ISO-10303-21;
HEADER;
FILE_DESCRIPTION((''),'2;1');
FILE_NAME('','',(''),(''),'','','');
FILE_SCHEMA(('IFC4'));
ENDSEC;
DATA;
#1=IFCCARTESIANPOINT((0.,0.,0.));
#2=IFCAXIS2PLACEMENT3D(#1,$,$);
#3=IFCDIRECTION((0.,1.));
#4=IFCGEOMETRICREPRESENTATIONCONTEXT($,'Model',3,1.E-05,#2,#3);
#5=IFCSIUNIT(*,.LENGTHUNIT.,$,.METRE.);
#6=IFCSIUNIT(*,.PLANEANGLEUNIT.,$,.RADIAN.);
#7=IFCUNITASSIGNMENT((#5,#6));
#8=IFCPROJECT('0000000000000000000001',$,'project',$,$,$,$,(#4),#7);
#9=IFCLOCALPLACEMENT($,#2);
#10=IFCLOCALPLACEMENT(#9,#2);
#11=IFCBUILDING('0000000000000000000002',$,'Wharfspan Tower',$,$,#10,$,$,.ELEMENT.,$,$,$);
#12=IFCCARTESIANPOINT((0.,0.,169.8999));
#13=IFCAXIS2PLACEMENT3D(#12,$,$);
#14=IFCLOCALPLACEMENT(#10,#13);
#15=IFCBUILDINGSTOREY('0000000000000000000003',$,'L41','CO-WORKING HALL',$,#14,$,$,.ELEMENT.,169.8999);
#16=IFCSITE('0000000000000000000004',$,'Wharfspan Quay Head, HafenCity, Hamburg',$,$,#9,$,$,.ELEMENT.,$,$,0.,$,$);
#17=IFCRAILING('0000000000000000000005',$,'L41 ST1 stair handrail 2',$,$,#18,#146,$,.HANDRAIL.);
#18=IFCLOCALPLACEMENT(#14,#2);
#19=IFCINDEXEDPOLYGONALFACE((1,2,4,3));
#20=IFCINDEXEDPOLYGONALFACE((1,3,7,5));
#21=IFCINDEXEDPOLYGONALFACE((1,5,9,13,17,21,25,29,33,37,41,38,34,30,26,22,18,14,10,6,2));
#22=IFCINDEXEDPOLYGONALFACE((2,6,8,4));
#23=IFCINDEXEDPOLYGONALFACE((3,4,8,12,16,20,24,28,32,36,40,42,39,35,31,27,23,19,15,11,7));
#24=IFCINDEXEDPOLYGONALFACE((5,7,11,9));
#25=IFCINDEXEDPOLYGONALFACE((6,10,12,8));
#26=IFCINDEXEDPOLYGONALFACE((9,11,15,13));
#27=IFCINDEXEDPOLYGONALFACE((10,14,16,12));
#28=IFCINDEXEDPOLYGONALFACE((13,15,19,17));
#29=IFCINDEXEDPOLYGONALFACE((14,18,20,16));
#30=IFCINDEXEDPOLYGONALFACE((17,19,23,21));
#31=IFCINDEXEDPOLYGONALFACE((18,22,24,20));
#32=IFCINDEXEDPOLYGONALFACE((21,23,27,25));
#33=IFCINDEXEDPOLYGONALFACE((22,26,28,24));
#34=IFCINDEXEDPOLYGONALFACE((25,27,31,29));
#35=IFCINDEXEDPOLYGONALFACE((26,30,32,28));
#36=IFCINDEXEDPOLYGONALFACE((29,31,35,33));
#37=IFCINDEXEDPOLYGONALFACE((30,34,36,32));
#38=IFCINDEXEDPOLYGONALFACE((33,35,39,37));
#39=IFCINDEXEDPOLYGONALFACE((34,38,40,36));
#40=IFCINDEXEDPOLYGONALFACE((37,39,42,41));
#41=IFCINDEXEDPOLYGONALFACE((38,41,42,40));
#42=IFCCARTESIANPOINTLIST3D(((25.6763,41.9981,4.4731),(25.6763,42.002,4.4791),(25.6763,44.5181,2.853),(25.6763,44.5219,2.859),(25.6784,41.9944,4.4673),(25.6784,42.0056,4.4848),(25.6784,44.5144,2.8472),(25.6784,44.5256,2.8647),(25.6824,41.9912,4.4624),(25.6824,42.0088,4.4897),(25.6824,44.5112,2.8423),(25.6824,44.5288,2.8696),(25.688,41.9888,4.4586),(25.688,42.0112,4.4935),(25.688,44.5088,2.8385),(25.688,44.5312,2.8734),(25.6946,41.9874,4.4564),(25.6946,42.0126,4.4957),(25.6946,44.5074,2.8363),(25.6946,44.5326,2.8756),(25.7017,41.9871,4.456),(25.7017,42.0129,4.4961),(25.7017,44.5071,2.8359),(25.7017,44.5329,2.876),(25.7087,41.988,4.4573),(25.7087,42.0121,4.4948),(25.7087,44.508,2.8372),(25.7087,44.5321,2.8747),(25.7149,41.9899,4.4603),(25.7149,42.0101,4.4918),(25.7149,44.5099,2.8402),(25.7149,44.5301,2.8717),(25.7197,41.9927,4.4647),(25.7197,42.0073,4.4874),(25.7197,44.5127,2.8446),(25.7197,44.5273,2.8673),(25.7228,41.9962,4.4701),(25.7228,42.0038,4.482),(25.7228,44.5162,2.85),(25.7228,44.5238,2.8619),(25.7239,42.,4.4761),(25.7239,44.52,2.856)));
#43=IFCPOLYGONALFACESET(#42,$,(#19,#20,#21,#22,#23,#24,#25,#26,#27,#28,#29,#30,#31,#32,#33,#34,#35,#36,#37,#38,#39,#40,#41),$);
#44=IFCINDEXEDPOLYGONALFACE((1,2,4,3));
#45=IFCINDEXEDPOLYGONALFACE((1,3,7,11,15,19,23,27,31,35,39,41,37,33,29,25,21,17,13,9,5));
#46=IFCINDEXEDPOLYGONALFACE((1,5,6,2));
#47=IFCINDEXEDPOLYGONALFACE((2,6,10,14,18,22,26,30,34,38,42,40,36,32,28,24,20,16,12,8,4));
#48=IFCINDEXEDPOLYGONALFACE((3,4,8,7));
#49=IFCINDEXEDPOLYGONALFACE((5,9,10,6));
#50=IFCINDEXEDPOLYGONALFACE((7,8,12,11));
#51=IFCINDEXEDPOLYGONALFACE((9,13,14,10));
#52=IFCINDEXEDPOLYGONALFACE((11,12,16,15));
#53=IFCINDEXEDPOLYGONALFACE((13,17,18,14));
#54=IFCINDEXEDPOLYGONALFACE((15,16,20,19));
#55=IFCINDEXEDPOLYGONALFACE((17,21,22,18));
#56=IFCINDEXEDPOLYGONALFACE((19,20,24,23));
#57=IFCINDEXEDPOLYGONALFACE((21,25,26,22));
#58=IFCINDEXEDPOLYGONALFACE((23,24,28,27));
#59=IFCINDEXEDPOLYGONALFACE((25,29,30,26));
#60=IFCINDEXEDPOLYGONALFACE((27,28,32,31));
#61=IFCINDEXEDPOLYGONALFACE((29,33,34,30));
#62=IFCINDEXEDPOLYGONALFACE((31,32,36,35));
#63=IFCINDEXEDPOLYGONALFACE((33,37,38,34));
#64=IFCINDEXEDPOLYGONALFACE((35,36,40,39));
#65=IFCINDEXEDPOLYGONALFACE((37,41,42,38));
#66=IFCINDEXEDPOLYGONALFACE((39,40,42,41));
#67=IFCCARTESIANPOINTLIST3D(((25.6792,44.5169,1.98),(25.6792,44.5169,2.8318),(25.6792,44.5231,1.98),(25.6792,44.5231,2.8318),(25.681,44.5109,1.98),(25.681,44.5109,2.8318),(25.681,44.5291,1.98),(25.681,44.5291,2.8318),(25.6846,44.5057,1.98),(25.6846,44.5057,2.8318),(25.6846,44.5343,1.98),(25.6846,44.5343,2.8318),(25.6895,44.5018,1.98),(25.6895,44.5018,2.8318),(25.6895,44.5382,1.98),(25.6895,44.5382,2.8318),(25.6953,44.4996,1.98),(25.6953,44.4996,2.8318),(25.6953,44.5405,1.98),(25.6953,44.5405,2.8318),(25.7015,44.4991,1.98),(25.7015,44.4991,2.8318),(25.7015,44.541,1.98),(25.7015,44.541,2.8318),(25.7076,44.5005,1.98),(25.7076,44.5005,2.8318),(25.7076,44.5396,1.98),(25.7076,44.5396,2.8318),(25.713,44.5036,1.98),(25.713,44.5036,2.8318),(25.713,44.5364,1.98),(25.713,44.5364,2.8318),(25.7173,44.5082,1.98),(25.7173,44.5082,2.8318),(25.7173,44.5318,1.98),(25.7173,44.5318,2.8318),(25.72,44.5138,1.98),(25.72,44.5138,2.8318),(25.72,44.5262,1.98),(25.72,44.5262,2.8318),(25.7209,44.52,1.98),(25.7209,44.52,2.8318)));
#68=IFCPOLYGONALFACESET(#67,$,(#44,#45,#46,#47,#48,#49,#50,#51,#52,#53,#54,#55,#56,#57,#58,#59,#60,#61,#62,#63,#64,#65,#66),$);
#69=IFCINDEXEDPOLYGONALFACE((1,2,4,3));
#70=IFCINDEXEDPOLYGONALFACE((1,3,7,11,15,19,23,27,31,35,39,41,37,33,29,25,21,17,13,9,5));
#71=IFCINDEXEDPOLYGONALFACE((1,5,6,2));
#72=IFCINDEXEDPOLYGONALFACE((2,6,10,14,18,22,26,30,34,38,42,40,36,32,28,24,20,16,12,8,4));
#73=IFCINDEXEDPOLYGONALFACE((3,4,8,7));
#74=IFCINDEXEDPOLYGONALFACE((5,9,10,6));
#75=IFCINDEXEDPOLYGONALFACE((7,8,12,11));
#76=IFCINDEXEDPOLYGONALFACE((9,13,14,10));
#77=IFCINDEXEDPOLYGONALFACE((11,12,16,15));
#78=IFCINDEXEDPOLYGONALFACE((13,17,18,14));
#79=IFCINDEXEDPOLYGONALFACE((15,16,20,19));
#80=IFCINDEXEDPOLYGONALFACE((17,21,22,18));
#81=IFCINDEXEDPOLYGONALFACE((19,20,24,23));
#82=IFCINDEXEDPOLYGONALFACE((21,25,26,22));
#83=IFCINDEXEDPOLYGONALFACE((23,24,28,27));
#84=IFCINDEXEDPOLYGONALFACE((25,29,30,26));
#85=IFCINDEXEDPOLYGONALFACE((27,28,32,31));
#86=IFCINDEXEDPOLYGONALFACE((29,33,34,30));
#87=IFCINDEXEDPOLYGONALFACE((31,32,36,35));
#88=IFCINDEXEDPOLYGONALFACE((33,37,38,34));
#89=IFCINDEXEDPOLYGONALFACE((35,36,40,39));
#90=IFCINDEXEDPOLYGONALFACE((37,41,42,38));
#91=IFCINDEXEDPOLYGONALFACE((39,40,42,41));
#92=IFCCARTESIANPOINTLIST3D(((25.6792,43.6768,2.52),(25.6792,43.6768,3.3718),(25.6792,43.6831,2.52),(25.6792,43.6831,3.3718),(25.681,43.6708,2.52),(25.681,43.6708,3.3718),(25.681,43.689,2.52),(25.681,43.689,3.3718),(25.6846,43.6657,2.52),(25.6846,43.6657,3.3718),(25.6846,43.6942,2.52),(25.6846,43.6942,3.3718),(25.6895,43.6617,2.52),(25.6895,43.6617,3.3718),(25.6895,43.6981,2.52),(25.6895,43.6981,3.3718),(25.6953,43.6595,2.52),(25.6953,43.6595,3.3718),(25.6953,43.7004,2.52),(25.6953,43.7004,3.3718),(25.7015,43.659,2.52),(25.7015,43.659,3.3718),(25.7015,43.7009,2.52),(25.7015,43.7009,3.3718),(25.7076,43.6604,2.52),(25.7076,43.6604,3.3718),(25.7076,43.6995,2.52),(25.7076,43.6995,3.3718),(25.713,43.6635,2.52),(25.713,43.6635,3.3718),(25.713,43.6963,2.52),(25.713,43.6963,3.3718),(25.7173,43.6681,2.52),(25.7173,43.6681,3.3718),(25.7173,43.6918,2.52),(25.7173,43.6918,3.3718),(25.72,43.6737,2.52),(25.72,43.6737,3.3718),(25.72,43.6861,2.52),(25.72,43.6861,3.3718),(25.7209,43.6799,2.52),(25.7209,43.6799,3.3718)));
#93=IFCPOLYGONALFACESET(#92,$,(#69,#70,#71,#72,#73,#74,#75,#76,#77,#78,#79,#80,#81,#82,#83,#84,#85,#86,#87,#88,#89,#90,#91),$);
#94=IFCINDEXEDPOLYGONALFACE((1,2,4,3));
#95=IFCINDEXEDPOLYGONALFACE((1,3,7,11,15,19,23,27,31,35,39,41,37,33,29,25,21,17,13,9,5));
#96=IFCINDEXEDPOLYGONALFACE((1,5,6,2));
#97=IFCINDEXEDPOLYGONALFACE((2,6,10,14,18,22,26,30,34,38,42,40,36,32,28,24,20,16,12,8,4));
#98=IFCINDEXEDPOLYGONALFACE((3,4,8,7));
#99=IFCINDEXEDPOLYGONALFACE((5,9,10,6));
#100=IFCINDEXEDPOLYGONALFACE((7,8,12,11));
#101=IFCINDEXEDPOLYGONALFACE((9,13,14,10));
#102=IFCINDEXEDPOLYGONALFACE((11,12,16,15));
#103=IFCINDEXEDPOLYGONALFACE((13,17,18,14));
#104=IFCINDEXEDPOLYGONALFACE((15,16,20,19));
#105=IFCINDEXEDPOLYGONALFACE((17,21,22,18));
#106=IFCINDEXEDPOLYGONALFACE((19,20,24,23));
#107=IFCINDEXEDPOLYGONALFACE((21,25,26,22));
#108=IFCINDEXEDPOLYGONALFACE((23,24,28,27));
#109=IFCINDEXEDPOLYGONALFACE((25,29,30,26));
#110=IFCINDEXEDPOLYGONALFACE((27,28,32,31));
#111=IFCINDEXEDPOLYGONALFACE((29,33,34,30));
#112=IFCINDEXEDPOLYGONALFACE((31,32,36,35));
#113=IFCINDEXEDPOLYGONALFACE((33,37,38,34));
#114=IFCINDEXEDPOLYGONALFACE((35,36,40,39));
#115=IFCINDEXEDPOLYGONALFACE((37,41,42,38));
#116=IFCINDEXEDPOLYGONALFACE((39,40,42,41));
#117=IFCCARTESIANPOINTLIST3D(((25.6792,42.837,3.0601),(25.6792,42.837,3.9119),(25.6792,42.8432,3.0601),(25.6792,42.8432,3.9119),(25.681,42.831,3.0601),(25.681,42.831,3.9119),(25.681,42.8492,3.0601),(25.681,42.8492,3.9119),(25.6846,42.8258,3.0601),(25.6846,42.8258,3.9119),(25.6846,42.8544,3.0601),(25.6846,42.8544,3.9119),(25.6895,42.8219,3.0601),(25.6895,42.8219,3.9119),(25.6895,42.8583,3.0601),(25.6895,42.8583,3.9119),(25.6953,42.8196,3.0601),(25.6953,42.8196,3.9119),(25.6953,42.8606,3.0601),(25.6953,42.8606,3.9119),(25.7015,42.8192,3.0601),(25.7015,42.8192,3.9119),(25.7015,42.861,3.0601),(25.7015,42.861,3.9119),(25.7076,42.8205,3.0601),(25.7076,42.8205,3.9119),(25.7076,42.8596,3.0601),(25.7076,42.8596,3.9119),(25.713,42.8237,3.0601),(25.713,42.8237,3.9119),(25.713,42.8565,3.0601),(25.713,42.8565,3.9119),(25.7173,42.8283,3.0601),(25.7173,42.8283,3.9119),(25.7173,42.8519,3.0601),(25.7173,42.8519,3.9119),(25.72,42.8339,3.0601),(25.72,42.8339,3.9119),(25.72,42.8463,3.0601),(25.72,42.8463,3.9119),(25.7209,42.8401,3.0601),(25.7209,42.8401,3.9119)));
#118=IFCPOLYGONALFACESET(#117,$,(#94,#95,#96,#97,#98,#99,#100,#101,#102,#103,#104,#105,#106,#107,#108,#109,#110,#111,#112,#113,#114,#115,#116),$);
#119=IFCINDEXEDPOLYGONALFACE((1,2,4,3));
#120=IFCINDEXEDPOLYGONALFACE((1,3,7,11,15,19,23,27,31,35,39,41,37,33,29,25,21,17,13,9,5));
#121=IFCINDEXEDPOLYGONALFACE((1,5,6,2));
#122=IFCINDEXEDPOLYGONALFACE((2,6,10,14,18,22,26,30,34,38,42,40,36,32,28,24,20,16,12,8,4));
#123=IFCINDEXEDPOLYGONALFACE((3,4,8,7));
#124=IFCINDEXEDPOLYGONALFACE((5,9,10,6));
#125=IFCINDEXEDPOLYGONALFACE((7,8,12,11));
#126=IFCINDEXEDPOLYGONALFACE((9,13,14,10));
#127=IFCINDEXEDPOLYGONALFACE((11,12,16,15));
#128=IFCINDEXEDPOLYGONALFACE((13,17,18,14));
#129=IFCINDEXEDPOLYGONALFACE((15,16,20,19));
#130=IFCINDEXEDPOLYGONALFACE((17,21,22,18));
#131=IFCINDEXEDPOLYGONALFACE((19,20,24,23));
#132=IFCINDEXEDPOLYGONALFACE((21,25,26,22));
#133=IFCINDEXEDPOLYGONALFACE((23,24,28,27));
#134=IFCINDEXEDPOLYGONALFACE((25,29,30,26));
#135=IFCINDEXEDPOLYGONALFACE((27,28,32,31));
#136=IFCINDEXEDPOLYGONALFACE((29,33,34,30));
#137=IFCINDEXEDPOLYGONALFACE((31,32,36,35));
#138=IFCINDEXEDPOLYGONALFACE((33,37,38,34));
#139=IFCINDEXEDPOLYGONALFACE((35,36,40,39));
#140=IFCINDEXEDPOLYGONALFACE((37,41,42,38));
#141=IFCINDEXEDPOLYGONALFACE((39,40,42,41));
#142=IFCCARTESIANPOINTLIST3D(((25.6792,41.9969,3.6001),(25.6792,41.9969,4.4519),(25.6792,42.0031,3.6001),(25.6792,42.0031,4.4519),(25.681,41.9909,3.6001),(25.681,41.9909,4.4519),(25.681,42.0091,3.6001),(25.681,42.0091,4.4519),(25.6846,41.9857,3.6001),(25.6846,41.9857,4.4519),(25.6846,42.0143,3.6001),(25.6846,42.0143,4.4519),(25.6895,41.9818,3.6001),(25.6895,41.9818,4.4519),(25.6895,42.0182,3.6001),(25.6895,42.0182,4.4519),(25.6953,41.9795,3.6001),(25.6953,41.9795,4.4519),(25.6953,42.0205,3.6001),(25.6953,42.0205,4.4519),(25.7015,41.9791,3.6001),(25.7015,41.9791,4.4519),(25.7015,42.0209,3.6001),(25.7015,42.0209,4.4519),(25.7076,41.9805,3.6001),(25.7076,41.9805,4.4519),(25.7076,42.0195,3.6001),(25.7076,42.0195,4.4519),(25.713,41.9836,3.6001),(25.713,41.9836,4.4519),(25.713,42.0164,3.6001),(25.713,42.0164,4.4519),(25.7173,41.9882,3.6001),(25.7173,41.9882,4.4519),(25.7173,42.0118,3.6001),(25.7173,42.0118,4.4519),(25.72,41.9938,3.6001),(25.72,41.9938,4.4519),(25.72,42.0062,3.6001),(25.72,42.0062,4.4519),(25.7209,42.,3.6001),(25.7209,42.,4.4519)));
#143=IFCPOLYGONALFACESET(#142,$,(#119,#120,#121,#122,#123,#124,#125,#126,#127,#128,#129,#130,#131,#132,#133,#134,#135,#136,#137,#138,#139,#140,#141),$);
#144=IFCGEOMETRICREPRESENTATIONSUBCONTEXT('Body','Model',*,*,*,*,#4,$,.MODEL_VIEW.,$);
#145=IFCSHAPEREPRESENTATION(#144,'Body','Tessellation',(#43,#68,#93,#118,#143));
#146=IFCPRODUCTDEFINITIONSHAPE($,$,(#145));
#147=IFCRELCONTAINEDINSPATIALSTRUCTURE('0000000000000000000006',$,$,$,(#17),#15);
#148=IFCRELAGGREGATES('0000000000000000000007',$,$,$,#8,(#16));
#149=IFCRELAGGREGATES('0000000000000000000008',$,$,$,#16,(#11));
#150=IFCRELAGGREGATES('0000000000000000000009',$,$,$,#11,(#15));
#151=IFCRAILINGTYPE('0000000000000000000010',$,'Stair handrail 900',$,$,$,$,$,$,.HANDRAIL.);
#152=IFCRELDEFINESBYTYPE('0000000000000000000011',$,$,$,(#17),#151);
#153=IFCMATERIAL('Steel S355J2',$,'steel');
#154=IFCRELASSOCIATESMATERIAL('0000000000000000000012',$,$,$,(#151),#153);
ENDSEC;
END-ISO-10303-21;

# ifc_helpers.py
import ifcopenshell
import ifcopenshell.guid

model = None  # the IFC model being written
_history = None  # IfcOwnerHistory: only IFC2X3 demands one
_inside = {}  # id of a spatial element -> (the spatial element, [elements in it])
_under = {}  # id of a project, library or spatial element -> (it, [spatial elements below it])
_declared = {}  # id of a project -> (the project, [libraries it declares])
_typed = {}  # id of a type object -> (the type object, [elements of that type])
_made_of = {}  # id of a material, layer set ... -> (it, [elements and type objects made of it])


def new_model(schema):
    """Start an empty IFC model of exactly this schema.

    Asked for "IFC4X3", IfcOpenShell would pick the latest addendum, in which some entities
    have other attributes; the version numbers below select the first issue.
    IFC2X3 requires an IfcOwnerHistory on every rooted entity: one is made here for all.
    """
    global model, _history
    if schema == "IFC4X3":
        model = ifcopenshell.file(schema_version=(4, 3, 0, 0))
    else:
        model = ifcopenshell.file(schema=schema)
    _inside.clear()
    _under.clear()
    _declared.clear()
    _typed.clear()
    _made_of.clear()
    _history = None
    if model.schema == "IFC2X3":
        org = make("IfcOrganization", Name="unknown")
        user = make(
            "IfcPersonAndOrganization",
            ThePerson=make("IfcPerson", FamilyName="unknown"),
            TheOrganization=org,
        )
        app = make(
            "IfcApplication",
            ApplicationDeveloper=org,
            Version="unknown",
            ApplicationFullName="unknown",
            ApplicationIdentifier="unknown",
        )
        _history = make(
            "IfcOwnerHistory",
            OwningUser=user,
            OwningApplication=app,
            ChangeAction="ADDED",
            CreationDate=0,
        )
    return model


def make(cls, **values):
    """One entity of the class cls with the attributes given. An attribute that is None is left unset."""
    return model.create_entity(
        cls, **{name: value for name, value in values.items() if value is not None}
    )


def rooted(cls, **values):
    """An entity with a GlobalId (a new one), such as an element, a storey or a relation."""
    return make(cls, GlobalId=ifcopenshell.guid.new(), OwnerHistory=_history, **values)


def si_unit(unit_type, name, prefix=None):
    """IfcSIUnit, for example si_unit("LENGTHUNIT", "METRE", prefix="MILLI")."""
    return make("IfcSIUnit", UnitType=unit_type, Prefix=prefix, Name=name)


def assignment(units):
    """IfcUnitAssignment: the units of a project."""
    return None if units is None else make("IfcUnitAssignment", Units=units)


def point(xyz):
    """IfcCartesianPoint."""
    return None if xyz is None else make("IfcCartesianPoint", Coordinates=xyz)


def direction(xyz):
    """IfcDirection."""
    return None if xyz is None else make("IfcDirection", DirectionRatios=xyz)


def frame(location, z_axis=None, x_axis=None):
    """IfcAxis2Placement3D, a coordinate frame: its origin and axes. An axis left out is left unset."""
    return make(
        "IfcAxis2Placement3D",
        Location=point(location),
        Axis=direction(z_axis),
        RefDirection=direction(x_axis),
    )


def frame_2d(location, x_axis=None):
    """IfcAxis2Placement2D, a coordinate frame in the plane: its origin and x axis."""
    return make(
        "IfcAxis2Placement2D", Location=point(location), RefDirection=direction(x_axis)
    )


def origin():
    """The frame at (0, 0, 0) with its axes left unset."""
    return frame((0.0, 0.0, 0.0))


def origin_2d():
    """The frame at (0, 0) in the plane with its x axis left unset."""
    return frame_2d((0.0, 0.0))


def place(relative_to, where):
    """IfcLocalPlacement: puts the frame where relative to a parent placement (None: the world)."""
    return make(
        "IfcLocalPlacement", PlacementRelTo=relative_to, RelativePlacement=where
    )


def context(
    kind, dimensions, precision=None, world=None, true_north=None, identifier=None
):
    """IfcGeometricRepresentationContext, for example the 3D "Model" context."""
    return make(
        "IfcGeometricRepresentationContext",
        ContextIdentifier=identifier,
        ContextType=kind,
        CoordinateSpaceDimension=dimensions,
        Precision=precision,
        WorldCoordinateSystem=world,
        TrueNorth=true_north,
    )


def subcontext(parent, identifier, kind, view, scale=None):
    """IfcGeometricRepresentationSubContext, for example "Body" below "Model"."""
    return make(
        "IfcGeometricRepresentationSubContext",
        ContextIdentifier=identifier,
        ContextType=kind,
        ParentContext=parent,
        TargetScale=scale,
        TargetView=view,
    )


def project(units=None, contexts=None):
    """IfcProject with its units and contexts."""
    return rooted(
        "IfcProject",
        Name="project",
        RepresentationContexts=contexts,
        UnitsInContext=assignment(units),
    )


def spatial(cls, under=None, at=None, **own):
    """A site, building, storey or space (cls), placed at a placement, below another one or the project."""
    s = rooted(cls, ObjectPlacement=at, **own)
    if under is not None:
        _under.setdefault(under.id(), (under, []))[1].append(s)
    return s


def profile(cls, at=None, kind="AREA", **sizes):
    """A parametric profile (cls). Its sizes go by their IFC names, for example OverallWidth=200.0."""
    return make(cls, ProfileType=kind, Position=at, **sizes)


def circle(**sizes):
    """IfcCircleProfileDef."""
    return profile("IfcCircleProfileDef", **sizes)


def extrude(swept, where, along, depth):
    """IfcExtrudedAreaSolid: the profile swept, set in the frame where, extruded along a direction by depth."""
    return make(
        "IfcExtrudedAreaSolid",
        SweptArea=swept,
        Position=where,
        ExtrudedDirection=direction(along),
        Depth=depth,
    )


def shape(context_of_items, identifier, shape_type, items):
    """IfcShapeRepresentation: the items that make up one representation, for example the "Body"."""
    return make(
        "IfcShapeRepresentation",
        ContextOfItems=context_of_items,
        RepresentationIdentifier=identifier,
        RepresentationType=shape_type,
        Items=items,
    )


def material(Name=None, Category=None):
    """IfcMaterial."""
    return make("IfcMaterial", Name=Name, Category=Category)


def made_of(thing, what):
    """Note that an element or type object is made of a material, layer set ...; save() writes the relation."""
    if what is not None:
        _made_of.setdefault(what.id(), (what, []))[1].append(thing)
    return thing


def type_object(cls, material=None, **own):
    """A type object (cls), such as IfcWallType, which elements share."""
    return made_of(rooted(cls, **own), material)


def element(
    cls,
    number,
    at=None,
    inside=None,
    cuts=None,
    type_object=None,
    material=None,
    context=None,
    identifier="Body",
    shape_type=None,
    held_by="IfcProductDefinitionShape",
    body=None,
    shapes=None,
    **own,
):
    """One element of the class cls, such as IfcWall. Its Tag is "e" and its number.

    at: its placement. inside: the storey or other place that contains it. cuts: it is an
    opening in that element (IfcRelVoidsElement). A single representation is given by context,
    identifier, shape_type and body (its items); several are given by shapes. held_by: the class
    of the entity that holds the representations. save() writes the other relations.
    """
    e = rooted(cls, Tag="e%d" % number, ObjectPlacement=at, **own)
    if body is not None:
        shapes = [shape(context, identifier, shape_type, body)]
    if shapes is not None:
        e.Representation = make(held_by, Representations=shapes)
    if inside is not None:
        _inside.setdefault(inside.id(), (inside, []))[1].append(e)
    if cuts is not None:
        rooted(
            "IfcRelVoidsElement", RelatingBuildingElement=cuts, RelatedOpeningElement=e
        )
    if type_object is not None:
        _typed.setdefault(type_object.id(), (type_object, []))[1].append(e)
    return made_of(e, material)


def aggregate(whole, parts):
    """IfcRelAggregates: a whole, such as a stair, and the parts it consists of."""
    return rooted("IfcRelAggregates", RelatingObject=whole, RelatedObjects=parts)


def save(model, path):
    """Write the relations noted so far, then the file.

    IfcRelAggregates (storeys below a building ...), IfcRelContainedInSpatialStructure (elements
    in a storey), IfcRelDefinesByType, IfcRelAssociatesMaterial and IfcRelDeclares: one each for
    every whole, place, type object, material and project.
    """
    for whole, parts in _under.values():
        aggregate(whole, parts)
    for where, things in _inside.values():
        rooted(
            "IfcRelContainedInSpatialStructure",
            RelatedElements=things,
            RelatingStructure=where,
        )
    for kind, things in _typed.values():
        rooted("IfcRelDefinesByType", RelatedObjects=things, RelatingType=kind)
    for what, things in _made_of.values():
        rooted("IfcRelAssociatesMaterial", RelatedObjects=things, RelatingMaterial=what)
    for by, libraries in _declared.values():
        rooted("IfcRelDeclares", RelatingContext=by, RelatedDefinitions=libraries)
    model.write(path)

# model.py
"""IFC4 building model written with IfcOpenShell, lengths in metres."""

from ifc_helpers import new_model, si_unit, direction, frame, origin, origin_2d, place, context, subcontext, project, spatial, circle, extrude, material, type_object, element, save


model = new_model("IFC4")

# Units and contexts
model_context = context("Model", 3, precision=1e-05, world=origin(), true_north=direction((0.0, 1.0)))
body_context = subcontext(model_context, "Body", "Model", "MODEL_VIEW")
ifc_project = project(units=[si_unit("LENGTHUNIT", "METRE"), si_unit("PLANEANGLEUNIT", "RADIAN")], contexts=[model_context])

# Site, building, storey
site_placement = place(None, origin())
site = spatial("IfcSite", under=ifc_project, at=site_placement, Name="Wharfspan Quay Head, HafenCity, Hamburg", CompositionType="ELEMENT", RefElevation=0.0)
building_placement = place(site_placement, origin())
building = spatial("IfcBuilding", under=site, at=building_placement, Name="Wharfspan Tower", CompositionType="ELEMENT")
storey_placement = place(building_placement, frame((0.0, 0.0, 169.8999)))
storey = spatial("IfcBuildingStorey", under=building, at=storey_placement, Name="L41", Description="CO-WORKING HALL", CompositionType="ELEMENT", Elevation=169.8999)

# Shared definitions
ifc_material_1 = material(Name="Steel S355J2", Category="steel")

# Railing
railing_type = type_object("IfcRailingType", Name="Stair handrail 900", PredefinedType="HANDRAIL", material=ifc_material_1)
railing_placement = place(storey_placement, frame((25.7, 44.52, 1.98)))
element("IfcRailing", 1, at=railing_placement, inside=storey, type_object=railing_type, Name="L41 ST1 stair handrail 2", PredefinedType="HANDRAIL", context=body_context, shape_type="SweptSolid", body=[
    extrude(circle(Radius=0.0239, at=origin_2d()), frame((0.0, 0.0, 0.876), z_axis=(0.0, -0.841163, 0.540782), x_axis=(1.0, 0.0, 0.0)), (0.0, 0.0, 1.0), 2.9958),
    extrude(circle(Radius=0.021, at=origin_2d()), origin(), (0.0, 0.0, 1.0), 0.8518),
    extrude(circle(Radius=0.021, at=origin_2d()), frame((0.0, -0.8401, 0.54)), (0.0, 0.0, 1.0), 0.8518),
    extrude(circle(Radius=0.021, at=origin_2d()), frame((0.0, -1.6799, 1.0801)), (0.0, 0.0, 1.0), 0.8518),
    extrude(circle(Radius=0.021, at=origin_2d()), frame((0.0, -2.52, 1.6201)), (0.0, 0.0, 1.0), 0.8518),
])

save(model, "model.ifc")
